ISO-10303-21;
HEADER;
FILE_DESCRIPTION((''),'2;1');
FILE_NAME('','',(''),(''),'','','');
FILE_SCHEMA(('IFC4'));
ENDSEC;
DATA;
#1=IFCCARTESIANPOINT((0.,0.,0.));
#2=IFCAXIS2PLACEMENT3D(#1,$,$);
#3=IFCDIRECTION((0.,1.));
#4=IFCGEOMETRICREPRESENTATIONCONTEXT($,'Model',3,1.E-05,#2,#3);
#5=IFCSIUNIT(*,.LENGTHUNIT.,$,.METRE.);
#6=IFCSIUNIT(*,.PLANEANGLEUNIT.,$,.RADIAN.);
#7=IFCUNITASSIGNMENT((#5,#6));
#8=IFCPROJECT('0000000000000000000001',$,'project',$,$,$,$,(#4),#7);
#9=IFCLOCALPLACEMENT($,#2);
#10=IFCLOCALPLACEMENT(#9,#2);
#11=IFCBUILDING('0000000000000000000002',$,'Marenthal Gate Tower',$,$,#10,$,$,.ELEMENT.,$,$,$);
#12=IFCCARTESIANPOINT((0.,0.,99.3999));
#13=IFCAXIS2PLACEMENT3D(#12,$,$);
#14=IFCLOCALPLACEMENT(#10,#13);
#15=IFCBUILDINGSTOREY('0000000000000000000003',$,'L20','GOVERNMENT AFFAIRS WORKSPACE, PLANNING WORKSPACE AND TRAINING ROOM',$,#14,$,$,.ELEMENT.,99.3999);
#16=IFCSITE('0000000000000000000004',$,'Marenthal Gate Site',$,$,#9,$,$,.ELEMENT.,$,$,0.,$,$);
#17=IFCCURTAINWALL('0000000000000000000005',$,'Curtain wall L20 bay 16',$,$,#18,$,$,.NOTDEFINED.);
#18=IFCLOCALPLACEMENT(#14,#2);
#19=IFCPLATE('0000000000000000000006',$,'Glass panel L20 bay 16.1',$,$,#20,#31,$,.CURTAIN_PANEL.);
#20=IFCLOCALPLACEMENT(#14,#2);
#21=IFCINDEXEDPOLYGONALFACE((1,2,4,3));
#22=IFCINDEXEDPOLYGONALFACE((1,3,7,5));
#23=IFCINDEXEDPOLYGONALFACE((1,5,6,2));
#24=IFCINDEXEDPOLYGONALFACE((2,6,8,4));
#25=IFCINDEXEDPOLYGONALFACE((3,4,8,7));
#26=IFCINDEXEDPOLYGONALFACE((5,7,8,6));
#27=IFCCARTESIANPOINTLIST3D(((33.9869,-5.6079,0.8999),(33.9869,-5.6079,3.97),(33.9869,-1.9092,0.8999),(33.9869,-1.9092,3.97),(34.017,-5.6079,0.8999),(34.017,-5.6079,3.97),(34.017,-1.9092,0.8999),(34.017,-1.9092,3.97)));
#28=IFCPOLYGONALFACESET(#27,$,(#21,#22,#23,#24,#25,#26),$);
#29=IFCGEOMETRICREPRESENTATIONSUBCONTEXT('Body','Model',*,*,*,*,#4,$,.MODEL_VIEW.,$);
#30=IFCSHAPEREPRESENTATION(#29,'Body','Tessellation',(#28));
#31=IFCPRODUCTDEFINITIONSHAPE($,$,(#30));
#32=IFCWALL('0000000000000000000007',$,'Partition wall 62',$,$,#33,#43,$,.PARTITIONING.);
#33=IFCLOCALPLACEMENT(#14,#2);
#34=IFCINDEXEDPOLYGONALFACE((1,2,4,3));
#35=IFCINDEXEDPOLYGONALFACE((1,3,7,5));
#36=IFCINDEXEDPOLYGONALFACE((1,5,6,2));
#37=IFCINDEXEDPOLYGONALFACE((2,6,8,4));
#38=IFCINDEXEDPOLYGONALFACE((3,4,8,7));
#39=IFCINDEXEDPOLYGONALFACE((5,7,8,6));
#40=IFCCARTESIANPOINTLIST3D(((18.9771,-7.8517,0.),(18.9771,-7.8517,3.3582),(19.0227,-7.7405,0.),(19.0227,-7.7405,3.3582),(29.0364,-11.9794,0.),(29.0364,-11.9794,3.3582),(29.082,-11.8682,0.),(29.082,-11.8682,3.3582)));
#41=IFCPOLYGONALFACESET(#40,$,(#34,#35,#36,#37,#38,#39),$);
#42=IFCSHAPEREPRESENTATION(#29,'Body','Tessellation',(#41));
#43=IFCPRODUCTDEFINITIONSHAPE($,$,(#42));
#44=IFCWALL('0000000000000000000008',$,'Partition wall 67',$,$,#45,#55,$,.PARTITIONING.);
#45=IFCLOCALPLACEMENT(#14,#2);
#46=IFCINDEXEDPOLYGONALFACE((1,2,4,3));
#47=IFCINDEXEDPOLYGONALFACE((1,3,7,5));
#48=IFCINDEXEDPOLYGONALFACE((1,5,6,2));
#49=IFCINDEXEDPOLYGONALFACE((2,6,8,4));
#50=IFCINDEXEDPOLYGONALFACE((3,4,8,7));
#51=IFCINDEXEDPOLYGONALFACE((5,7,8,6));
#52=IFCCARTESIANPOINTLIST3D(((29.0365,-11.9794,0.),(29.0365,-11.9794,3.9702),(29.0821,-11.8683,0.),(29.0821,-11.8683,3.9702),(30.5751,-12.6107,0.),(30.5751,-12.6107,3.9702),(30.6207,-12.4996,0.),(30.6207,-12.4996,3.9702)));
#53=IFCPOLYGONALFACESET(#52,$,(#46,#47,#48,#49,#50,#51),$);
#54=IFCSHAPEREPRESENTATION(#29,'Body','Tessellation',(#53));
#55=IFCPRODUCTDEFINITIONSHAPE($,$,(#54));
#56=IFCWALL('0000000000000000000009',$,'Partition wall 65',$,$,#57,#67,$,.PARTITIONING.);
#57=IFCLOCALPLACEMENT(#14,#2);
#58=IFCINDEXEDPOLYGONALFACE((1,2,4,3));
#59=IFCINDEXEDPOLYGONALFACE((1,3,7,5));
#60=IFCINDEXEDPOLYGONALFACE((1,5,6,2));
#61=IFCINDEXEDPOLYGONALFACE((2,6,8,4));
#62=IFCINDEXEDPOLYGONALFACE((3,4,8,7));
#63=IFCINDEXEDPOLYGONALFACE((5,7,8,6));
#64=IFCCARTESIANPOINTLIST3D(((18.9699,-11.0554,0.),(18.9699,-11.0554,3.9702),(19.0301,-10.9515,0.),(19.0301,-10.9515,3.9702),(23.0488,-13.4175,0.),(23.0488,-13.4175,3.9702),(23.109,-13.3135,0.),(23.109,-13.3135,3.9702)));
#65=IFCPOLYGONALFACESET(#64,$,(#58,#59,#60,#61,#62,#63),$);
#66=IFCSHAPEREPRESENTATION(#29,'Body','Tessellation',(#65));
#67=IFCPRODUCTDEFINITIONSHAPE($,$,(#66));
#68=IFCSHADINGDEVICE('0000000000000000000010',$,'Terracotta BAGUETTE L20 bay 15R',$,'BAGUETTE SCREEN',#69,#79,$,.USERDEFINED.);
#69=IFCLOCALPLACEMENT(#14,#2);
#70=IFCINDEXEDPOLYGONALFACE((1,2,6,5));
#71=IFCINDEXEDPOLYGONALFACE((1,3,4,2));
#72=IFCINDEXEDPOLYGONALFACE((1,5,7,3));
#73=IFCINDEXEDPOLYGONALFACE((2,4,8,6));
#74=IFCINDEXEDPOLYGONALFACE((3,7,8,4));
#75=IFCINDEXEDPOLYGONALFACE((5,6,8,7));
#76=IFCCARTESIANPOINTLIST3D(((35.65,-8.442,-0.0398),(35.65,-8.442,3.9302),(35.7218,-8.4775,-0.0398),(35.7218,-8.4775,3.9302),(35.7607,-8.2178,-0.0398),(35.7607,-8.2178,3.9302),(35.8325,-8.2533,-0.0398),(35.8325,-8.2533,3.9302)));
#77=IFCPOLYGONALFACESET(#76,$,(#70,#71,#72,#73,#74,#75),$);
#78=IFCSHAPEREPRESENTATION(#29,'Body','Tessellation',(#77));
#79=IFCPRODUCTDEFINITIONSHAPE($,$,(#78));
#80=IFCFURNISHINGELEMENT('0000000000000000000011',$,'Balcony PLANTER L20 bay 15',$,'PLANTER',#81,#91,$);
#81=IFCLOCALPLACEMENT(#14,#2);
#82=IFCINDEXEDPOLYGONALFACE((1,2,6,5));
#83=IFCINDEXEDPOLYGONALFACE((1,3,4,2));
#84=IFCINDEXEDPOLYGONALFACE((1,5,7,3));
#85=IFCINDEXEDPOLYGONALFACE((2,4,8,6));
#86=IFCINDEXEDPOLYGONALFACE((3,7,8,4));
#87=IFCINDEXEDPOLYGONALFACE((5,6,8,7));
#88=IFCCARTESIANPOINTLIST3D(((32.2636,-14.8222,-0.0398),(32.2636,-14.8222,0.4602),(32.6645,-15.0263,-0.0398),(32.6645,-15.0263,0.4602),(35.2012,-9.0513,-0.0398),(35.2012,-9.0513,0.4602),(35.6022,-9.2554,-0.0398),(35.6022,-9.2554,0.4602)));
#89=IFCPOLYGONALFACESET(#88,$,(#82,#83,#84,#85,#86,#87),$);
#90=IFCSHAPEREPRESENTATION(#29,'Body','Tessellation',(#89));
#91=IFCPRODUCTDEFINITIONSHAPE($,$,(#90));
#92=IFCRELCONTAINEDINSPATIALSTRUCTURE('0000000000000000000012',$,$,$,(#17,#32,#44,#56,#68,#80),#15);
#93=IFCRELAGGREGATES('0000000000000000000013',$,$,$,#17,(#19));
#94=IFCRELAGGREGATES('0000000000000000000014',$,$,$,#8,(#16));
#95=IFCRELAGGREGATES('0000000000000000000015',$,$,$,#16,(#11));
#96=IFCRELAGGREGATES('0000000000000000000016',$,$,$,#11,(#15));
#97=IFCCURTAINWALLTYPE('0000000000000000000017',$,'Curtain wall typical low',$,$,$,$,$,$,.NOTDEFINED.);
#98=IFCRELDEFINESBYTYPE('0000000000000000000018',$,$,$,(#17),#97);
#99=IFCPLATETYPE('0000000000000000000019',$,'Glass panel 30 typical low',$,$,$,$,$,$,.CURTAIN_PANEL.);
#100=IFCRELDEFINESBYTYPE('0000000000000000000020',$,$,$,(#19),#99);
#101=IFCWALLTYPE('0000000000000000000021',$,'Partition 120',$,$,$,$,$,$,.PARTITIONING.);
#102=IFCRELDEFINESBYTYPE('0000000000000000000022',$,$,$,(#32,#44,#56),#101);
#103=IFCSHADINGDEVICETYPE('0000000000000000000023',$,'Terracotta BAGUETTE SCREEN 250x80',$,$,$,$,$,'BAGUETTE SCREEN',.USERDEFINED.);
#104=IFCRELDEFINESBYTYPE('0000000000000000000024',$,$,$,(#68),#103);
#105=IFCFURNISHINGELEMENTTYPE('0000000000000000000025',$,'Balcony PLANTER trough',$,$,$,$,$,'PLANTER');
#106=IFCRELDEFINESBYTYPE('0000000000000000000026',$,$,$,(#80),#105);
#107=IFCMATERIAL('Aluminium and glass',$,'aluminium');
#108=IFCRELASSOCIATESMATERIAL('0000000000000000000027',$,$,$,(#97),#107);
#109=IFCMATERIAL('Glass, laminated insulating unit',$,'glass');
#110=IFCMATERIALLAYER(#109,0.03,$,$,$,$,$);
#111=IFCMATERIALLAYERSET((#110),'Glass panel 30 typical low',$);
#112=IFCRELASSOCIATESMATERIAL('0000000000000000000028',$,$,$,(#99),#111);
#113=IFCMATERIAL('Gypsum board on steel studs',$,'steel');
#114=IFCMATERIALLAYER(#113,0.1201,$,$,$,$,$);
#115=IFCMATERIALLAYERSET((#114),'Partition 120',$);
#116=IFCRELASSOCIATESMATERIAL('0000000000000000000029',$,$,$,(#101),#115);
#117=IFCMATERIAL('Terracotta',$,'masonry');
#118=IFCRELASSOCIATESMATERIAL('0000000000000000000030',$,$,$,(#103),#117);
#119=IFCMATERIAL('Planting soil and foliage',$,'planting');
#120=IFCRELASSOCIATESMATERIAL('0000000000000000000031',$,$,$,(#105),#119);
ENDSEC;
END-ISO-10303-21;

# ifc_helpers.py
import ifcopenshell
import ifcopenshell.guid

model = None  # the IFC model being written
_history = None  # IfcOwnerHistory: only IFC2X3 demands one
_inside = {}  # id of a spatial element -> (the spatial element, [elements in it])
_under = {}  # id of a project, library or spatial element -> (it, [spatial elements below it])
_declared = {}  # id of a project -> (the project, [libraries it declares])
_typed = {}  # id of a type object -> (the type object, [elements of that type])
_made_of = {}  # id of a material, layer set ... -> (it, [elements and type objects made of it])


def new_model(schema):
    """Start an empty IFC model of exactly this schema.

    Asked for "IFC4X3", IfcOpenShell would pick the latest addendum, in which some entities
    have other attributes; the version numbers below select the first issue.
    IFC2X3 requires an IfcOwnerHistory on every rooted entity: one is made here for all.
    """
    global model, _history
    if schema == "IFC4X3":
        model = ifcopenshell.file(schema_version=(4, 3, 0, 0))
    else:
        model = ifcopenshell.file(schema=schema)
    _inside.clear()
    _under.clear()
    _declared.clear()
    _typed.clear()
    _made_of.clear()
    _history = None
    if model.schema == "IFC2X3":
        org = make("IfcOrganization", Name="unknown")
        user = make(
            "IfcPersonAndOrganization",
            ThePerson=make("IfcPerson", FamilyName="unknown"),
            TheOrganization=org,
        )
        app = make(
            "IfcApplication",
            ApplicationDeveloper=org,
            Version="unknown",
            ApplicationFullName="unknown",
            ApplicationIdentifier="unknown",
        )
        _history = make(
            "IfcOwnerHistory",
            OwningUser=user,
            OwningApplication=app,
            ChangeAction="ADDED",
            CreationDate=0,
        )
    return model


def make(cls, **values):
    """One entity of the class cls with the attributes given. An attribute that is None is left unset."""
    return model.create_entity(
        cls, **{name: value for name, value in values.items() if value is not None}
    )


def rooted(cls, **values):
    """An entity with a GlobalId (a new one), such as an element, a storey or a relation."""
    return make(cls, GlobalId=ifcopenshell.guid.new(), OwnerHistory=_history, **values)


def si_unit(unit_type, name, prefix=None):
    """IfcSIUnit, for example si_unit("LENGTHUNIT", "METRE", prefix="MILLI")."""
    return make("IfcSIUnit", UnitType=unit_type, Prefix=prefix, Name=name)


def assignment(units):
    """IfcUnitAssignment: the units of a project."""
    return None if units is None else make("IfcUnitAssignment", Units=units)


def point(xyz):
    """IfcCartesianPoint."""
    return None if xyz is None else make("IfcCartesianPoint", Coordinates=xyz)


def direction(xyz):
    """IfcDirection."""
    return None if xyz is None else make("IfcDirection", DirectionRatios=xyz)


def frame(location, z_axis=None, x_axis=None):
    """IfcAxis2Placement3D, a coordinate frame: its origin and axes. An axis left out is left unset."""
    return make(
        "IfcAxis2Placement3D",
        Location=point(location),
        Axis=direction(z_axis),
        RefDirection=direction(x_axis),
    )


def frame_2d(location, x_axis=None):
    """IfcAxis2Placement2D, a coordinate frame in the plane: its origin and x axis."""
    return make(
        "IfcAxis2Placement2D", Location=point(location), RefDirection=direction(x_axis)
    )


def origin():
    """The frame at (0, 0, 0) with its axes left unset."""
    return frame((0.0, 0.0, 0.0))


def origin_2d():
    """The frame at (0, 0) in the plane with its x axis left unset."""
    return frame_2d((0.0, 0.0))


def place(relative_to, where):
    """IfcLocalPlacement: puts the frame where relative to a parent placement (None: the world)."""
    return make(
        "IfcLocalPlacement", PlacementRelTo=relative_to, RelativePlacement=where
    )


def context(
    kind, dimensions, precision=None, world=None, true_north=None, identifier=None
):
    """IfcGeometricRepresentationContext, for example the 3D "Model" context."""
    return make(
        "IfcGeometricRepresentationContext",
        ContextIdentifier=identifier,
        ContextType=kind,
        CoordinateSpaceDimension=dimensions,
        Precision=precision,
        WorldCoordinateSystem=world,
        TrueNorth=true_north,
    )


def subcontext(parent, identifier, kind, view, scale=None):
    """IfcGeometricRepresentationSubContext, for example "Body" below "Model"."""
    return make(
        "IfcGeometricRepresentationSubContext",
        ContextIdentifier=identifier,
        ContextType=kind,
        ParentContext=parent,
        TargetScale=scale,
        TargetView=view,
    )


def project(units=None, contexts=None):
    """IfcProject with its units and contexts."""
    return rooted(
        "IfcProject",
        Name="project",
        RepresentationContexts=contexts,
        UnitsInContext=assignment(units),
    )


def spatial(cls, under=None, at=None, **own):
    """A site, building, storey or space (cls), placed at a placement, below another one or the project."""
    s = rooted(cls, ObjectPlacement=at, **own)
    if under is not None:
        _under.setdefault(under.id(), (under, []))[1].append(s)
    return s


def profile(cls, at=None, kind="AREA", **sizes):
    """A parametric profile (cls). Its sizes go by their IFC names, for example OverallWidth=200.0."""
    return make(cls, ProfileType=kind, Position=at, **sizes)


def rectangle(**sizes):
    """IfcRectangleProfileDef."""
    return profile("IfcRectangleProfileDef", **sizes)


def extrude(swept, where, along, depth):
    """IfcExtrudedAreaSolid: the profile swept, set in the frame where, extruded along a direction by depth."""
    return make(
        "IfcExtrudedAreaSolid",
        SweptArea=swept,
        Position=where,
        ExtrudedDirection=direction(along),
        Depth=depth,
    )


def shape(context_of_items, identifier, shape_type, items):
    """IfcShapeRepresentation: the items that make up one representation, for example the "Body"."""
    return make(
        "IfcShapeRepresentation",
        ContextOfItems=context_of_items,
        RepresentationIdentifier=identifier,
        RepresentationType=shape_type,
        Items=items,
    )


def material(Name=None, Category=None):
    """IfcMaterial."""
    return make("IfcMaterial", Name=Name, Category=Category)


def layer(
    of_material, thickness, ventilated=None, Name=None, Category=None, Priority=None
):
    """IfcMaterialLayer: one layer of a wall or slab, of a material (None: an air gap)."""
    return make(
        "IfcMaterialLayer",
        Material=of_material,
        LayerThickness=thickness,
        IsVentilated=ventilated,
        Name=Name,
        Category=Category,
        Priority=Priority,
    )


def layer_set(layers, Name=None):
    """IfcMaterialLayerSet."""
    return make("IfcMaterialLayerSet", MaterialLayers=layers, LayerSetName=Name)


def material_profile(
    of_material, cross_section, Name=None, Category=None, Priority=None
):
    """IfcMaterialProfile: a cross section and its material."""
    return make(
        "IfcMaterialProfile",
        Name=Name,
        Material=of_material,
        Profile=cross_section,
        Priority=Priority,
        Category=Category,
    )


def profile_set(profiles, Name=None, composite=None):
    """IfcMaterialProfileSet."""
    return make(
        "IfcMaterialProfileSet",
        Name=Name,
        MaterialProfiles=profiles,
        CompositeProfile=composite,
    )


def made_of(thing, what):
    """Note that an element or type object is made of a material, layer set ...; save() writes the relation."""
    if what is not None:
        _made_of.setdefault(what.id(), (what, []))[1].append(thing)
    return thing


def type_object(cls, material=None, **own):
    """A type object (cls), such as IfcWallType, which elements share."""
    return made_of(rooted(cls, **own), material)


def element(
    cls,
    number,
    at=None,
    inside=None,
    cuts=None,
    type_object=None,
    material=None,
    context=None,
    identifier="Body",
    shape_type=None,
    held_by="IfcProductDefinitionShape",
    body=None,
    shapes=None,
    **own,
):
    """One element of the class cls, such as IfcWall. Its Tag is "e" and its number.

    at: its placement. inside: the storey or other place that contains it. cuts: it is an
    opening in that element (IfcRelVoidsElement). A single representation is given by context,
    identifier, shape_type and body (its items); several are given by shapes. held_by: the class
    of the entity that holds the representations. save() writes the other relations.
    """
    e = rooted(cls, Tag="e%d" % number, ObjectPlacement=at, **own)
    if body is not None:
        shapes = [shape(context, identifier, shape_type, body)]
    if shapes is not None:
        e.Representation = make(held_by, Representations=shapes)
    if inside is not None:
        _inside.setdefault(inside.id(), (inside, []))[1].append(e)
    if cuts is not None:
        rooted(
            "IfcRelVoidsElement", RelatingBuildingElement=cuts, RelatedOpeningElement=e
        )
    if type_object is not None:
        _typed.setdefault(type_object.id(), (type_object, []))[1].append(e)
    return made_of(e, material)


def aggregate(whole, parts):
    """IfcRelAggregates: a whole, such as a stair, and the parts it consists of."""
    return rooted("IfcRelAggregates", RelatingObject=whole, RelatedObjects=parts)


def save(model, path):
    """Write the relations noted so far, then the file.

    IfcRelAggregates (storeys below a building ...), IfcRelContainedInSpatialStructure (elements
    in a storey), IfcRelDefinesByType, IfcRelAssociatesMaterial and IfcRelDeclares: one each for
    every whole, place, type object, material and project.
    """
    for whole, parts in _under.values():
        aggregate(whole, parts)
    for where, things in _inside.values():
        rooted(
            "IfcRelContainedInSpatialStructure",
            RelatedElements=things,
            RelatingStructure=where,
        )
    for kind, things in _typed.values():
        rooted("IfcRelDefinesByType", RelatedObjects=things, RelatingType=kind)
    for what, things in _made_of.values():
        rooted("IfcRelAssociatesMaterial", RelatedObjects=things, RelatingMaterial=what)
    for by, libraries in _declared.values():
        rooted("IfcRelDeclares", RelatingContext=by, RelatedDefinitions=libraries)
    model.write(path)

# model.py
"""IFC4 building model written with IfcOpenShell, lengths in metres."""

from ifc_helpers import new_model, si_unit, direction, frame, frame_2d, origin, origin_2d, place, context, subcontext, project, spatial, rectangle, extrude, material, layer, layer_set, material_profile, profile_set, type_object, element, aggregate, save


model = new_model("IFC4")

# Units and contexts
model_context = context("Model", 3, precision=1e-05, world=origin(), true_north=direction((0.0, 1.0)))
body_context = subcontext(model_context, "Body", "Model", "MODEL_VIEW")
ifc_project = project(units=[si_unit("LENGTHUNIT", "METRE"), si_unit("PLANEANGLEUNIT", "RADIAN")], contexts=[model_context])

# Site, building, storey
site_placement = place(None, origin())
site = spatial("IfcSite", under=ifc_project, at=site_placement, Name="Marenthal Gate Site", CompositionType="ELEMENT", RefElevation=0.0)
building_placement = place(site_placement, origin())
building = spatial("IfcBuilding", under=site, at=building_placement, Name="Marenthal Gate Tower", CompositionType="ELEMENT")
storey_placement = place(building_placement, frame((0.0, 0.0, 99.3999)))
storey = spatial("IfcBuildingStorey", under=building, at=storey_placement, Name="L20", Description="GOVERNMENT AFFAIRS WORKSPACE, PLANNING WORKSPACE AND TRAINING ROOM", CompositionType="ELEMENT", Elevation=99.3999)

# Curtain wall
ifc_material_1 = material(Name="Aluminium and glass", Category="aluminium")
curtain_wall_type = type_object("IfcCurtainWallType", Name="Curtain wall typical low", PredefinedType="NOTDEFINED", material=ifc_material_1)
curtain_wall_placement = place(storey_placement, origin())
curtain_wall = element("IfcCurtainWall", 1, at=curtain_wall_placement, inside=storey, type_object=curtain_wall_type, Name="Curtain wall L20 bay 16", PredefinedType="NOTDEFINED")

# Plate
ifc_material_2 = material(Name="Glass, laminated insulating unit", Category="glass")
ifc_layer_1 = layer(ifc_material_2, 0.03)
ifc_layer_set_1 = layer_set([ifc_layer_1], Name="Glass panel 30 typical low")
plate_type = type_object("IfcPlateType", Name="Glass panel 30 typical low", PredefinedType="CURTAIN_PANEL", material=ifc_layer_set_1)
plate_placement = place(storey_placement, frame((34.002, -3.7585, 0.8999), z_axis=(0.0, 0.0, 1.0), x_axis=(0.0, 1.0, 0.0)))
plate = element("IfcPlate", 2, at=plate_placement, type_object=plate_type, Name="Glass panel L20 bay 16.1", PredefinedType="CURTAIN_PANEL", context=body_context, shape_type="SweptSolid", body=[
    extrude(rectangle(XDim=3.6987, YDim=0.03, at=origin_2d()), origin(), (0.0, 0.0, 1.0), 3.0701),
])
aggregate(curtain_wall, [plate])

# Walls
ifc_material_3 = material(Name="Gypsum board on steel studs", Category="steel")
ifc_layer_2 = layer(ifc_material_3, 0.1201)
ifc_layer_set_2 = layer_set([ifc_layer_2], Name="Partition 120")
wall_type = type_object("IfcWallType", Name="Partition 120", PredefinedType="PARTITIONING", material=ifc_layer_set_2)
wall_1_placement = place(storey_placement, frame((19.0, -7.7961, 0.0), z_axis=(0.0, 0.0, 1.0), x_axis=(0.925143, -0.379618, 0.0)))
element("IfcWall", 3, at=wall_1_placement, inside=storey, type_object=wall_type, Name="Partition wall 62", PredefinedType="PARTITIONING", context=body_context, shape_type="SweptSolid", body=[
    extrude(rectangle(XDim=10.8733, YDim=0.1201, at=frame_2d((5.4365, 0.0))), origin(), (0.0, 0.0, 1.0), 3.3582),
])
wall_2_placement = place(storey_placement, frame((29.0593, -11.9238, 0.0), z_axis=(0.0, 0.0, 1.0), x_axis=(0.92514, -0.379627, 0.0)))
element("IfcWall", 4, at=wall_2_placement, inside=storey, type_object=wall_type, Name="Partition wall 67", PredefinedType="PARTITIONING", context=body_context, shape_type="SweptSolid", body=[
    extrude(rectangle(XDim=1.6631, YDim=0.1201, at=frame_2d((0.8315, 0.0))), origin(), (0.0, 0.0, 1.0), 3.9702),
])
wall_3_placement = place(storey_placement, frame((23.0789, -13.3655, 0.0), z_axis=(0.0, 0.0, 1.0), x_axis=(-0.86537, 0.501134, 0.0)))
element("IfcWall", 5, at=wall_3_placement, inside=storey, type_object=wall_type, Name="Partition wall 65", PredefinedType="PARTITIONING", context=body_context, shape_type="SweptSolid", body=[
    extrude(rectangle(XDim=4.7134, YDim=0.1201, at=frame_2d((2.3567, 0.0))), origin(), (0.0, 0.0, 1.0), 3.9702),
])

# Shading device
ifc_material_4 = material(Name="Terracotta", Category="masonry")
ifc_material_profile_1 = material_profile(ifc_material_4, rectangle(XDim=0.25, YDim=0.0801, at=origin_2d()), Name="Terracotta baguette 250x80")
ifc_profile_set_1 = profile_set([ifc_material_profile_1], Name="Terracotta")
shading_device_type = type_object("IfcShadingDeviceType", Name="Terracotta BAGUETTE SCREEN 250x80", ElementType="BAGUETTE SCREEN", PredefinedType="USERDEFINED", material=ifc_profile_set_1)
shading_device_placement = place(storey_placement, frame((35.7412, -8.3477, -0.0398), z_axis=(0.0, 0.0, 1.0), x_axis=(0.44279, 0.896625, 0.0)))
element("IfcShadingDevice", 6, at=shading_device_placement, inside=storey, type_object=shading_device_type, Name="Terracotta BAGUETTE L20 bay 15R", ObjectType="BAGUETTE SCREEN", PredefinedType="USERDEFINED", context=body_context, shape_type="SweptSolid", body=[
    extrude(rectangle(XDim=0.25, YDim=0.0801, at=origin_2d()), origin(), (0.0, 0.0, 1.0), 3.97),
])

# Furnishing element
ifc_material_5 = material(Name="Planting soil and foliage", Category="planting")
furnishing_element_type = type_object("IfcFurnishingElementType", Name="Balcony PLANTER trough", ElementType="PLANTER", material=ifc_material_5)
furnishing_placement = place(storey_placement, frame((33.9329, -12.0388, -0.0398), z_axis=(0.0, 0.0, 1.0), x_axis=(0.453646, 0.891182, 0.0)))
element("IfcFurnishingElement", 7, at=furnishing_placement, inside=storey, type_object=furnishing_element_type, Name="Balcony PLANTER L20 bay 15", ObjectType="PLANTER", context=body_context, shape_type="SweptSolid", body=[
    extrude(rectangle(XDim=6.4756, YDim=0.45, at=origin_2d()), origin(), (0.0, 0.0, 1.0), 0.5),
])

save(model, "model.ifc")
